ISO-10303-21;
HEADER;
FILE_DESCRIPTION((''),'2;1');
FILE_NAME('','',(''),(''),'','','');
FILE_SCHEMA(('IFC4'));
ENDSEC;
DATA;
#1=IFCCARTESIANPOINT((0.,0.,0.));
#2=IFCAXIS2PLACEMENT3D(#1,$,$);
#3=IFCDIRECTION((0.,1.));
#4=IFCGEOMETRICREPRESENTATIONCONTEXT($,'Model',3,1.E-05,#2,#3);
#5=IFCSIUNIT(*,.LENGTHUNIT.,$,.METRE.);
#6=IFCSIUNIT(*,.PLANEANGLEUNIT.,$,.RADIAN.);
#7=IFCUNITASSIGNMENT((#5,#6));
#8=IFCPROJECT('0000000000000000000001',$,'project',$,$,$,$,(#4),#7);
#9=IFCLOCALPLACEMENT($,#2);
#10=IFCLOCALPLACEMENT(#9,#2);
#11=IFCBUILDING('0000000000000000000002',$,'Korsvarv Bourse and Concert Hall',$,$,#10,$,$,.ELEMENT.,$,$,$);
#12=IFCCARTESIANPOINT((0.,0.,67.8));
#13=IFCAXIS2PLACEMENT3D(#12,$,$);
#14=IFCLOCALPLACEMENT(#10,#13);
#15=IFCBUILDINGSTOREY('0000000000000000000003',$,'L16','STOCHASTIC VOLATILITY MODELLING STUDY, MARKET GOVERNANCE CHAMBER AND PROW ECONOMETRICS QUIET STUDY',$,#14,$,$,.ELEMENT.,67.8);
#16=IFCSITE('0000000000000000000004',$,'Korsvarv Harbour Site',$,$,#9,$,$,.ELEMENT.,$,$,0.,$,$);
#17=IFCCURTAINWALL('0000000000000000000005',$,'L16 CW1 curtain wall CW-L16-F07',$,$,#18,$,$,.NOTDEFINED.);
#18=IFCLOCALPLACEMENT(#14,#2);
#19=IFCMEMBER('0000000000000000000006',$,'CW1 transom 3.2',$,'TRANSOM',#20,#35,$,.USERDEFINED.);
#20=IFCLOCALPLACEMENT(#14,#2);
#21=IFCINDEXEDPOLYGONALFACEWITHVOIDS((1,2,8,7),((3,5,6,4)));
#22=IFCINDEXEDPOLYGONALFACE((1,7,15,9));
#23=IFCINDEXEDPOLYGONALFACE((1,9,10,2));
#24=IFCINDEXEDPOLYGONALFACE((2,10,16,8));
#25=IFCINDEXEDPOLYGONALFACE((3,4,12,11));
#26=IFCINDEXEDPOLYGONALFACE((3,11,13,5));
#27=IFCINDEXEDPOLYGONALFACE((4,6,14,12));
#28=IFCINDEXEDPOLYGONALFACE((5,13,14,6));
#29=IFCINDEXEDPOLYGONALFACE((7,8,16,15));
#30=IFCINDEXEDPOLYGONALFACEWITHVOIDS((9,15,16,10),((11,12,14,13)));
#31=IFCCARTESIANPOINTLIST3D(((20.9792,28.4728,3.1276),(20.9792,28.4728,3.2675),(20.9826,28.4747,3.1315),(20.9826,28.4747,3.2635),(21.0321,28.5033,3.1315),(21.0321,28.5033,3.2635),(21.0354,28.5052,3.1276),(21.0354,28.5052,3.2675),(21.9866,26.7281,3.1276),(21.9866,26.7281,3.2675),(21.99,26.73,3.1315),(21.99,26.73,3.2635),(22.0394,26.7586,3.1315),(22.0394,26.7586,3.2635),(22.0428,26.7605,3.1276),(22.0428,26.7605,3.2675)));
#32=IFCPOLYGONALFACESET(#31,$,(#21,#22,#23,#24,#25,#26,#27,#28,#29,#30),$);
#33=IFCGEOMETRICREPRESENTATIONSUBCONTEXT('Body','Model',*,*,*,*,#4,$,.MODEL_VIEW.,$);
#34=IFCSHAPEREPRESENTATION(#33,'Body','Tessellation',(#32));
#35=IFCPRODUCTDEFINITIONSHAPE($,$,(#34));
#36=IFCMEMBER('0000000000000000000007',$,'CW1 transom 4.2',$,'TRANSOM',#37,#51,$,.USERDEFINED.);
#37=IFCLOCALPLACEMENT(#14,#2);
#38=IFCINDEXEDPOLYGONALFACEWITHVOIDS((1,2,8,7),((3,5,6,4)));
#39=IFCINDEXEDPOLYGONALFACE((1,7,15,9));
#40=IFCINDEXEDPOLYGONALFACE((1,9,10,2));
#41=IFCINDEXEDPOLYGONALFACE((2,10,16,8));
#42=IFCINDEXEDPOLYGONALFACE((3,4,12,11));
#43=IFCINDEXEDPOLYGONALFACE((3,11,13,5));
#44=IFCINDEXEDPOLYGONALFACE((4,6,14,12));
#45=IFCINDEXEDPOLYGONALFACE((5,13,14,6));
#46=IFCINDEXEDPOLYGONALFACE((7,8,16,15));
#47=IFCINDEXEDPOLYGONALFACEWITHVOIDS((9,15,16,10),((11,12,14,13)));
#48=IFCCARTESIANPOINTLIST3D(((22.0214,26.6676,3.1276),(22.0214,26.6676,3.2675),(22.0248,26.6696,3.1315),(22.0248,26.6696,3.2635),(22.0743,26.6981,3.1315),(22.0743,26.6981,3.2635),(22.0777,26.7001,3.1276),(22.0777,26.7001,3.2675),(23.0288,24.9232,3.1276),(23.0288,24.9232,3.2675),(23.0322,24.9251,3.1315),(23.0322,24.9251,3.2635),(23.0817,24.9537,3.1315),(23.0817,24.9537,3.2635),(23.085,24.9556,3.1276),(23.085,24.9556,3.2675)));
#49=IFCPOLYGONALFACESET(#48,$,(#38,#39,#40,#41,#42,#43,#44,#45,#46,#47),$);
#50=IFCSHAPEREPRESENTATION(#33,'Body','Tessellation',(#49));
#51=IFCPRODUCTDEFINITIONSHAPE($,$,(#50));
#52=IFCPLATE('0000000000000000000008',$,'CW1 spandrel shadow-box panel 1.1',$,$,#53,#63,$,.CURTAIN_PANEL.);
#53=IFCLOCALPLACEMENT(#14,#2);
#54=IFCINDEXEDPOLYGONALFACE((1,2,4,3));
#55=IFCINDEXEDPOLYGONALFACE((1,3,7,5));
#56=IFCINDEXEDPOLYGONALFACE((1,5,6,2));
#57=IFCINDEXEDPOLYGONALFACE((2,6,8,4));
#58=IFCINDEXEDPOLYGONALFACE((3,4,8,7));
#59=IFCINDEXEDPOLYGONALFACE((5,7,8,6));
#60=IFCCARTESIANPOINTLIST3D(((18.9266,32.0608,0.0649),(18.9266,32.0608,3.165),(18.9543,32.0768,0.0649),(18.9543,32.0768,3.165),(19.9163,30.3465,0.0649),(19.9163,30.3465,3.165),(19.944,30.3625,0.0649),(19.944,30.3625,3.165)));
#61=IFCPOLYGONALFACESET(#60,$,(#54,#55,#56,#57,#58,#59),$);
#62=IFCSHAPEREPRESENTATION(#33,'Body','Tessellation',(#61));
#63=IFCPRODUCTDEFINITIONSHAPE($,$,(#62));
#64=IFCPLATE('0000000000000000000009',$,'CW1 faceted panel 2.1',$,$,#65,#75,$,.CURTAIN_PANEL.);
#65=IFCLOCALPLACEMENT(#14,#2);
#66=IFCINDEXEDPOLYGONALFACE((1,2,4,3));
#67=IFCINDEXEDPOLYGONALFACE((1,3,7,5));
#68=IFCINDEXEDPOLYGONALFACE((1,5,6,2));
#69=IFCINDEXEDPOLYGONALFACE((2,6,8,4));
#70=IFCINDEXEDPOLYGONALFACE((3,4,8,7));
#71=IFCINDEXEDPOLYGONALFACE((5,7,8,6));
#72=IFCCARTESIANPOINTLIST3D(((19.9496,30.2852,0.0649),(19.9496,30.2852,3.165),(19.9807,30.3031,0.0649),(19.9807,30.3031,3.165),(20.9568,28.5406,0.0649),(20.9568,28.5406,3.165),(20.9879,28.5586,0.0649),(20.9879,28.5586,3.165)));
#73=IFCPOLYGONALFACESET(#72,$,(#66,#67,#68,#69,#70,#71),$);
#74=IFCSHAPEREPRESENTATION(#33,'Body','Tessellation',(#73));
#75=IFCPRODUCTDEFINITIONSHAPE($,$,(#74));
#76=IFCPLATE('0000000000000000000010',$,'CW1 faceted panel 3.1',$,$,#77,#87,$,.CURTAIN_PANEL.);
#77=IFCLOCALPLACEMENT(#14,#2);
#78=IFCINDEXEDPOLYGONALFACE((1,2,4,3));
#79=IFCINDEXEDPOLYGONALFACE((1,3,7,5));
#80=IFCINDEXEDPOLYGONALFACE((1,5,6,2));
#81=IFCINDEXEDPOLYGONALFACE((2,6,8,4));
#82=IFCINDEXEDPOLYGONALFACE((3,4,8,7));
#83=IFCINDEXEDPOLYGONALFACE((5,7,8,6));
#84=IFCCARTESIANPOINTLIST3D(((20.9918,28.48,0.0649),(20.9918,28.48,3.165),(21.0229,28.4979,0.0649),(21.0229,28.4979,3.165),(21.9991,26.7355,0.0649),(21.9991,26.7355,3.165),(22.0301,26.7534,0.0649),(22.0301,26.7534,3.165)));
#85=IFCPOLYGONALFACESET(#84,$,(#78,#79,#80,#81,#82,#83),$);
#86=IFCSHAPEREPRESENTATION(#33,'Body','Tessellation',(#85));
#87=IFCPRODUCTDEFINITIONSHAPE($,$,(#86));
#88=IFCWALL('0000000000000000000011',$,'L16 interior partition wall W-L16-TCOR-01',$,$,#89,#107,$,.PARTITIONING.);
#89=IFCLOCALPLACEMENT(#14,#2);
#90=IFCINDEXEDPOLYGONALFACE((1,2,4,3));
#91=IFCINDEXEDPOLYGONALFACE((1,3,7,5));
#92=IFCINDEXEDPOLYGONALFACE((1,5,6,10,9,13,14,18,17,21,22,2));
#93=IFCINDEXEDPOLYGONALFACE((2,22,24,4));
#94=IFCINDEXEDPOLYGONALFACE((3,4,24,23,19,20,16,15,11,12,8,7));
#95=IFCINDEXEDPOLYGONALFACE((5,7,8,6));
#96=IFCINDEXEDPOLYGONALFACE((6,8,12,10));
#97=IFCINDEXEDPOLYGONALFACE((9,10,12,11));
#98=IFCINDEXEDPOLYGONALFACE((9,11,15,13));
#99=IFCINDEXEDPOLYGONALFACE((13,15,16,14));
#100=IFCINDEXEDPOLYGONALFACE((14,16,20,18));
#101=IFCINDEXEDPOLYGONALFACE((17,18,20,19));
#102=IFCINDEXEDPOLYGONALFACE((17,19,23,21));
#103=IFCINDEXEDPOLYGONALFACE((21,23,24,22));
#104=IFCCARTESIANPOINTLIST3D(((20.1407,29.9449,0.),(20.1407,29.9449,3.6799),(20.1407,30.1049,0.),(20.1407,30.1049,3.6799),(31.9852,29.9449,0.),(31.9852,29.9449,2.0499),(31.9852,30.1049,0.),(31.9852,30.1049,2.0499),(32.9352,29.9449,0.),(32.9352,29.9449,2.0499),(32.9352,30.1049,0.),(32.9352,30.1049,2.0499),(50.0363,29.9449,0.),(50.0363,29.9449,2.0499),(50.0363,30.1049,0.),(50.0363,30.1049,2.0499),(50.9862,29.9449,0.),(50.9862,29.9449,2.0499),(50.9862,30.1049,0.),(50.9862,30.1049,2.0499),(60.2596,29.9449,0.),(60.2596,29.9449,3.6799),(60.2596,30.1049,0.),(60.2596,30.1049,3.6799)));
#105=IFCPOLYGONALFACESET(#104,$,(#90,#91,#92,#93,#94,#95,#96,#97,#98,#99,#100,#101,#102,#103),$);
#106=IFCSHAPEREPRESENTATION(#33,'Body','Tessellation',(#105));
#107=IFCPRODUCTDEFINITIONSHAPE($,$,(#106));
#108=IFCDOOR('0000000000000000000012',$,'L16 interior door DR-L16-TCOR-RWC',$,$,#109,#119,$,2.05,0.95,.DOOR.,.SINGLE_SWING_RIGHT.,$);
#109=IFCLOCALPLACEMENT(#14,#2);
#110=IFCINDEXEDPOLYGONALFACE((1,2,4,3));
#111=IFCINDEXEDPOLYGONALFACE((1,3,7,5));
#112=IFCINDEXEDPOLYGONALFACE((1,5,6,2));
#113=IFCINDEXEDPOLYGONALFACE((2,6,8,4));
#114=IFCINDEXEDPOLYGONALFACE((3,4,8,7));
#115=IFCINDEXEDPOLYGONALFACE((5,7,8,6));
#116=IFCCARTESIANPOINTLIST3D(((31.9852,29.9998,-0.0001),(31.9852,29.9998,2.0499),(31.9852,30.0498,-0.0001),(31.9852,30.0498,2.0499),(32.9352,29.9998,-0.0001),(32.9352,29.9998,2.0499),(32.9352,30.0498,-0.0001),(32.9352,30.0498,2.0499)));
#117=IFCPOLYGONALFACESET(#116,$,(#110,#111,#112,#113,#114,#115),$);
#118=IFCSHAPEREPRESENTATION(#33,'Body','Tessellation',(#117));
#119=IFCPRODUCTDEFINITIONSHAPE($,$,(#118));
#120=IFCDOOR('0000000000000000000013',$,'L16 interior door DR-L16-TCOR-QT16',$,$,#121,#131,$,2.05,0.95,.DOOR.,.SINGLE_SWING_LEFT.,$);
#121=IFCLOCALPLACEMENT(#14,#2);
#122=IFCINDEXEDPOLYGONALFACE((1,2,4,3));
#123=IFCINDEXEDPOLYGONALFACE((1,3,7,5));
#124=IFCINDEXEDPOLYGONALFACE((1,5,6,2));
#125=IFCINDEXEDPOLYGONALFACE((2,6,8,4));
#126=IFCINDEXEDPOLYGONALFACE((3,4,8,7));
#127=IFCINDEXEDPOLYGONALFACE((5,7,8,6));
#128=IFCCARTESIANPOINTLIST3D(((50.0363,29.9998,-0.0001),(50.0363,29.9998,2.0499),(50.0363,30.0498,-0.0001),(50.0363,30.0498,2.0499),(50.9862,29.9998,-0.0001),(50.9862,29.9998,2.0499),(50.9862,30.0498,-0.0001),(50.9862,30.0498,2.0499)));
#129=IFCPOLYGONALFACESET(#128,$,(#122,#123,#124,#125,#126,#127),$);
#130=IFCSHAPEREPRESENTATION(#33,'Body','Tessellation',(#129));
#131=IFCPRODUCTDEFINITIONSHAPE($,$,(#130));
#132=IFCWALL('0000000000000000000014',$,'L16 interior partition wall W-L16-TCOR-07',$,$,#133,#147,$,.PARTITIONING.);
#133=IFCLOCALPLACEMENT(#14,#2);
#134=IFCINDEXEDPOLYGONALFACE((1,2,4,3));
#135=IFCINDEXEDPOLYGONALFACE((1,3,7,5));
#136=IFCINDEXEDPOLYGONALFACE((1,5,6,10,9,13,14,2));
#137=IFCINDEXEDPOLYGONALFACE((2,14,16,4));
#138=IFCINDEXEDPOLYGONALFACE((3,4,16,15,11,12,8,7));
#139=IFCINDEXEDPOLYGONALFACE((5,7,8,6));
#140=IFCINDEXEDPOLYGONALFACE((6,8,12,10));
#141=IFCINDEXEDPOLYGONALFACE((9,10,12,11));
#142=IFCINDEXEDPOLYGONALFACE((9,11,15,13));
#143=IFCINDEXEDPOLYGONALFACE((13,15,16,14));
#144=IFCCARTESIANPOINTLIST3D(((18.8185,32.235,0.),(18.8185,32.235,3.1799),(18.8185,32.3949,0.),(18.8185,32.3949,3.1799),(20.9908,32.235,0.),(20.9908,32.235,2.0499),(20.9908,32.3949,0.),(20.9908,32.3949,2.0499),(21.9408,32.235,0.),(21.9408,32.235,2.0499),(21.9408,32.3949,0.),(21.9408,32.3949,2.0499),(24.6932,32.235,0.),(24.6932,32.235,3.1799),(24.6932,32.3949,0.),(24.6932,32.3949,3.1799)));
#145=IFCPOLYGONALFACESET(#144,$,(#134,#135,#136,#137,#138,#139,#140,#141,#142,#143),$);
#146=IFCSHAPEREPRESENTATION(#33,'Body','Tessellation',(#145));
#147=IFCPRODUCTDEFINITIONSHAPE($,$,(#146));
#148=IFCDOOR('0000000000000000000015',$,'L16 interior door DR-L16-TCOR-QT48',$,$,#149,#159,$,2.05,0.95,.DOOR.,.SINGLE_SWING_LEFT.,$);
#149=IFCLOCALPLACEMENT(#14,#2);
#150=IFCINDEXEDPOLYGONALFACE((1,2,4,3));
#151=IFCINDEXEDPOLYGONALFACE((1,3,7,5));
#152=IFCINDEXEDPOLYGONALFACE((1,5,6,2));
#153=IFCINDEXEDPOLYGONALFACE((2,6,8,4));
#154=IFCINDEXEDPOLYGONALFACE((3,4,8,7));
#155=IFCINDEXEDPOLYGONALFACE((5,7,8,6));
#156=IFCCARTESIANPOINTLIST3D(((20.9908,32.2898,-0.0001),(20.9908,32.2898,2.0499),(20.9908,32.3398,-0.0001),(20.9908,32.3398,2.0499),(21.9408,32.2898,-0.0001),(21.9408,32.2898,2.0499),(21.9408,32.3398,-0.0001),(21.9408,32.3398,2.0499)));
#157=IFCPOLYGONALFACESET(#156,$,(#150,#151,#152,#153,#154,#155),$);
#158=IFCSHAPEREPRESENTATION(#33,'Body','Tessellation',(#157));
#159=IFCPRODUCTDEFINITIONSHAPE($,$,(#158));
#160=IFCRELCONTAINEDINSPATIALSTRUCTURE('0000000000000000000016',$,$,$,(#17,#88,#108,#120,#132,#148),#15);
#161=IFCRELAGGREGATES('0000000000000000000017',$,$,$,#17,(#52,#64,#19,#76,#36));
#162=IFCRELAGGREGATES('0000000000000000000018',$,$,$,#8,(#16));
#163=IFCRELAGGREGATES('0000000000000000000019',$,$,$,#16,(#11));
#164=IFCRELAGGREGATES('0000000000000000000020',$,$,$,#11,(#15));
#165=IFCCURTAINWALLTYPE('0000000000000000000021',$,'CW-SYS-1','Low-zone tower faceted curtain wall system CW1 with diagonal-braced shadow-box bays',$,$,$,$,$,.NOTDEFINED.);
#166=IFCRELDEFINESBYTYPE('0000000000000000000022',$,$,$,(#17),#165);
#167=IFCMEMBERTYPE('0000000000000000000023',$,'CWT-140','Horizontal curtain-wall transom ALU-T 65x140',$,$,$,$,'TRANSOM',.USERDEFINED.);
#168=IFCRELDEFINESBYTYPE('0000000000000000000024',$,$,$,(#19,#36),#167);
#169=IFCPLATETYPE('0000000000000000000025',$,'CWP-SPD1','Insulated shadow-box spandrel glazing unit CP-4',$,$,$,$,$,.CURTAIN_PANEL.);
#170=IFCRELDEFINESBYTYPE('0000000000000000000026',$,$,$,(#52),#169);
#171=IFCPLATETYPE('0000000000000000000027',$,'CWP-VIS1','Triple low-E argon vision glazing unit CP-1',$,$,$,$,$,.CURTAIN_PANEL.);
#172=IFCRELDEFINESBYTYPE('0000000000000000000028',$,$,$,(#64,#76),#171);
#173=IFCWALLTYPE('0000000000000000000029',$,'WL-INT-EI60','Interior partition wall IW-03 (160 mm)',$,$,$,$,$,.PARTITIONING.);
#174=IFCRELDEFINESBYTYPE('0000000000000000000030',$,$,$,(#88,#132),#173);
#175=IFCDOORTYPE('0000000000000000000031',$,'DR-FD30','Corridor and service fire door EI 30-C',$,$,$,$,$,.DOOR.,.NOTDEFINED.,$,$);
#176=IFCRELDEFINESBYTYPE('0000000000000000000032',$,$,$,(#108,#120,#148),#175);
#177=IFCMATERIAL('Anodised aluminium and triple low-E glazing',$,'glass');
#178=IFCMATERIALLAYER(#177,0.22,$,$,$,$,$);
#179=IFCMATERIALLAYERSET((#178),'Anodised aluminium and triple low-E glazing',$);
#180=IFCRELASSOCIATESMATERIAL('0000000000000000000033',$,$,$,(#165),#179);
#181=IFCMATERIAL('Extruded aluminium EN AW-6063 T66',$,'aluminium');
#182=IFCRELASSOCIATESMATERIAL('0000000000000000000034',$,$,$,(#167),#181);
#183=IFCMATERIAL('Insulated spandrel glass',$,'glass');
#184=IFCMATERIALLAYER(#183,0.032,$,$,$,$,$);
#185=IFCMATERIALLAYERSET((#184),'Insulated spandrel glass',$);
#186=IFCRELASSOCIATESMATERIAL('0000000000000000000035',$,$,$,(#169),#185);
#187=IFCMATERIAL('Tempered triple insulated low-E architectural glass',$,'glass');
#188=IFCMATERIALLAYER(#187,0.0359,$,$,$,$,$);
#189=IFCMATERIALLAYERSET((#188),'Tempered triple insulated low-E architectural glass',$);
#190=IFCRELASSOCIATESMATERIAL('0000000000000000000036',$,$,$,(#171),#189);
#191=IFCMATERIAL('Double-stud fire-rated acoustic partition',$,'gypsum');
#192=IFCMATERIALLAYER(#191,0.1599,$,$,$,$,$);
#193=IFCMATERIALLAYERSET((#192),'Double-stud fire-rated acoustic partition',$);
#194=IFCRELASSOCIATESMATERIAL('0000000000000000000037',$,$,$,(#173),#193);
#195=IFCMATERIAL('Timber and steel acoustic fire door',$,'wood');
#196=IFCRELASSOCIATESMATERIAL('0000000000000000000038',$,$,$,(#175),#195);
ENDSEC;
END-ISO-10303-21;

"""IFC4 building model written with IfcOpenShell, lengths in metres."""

from ifc_helpers import new_model, si_unit, direction, frame, frame_2d, origin, origin_2d, place, context, subcontext, project, spatial, rectangle, hollow_rectangle, extrude, source, transform, mapped, material, layer, layer_set, material_profile, profile_set, type_object, element, fill, aggregate, save


model = new_model("IFC4")

# Units and contexts
model_context = context("Model", 3, precision=1e-05, world=origin(), true_north=direction((0.0, 1.0)))
body_context = subcontext(model_context, "Body", "Model", "MODEL_VIEW")
ifc_project = project(units=[si_unit("LENGTHUNIT", "METRE"), si_unit("PLANEANGLEUNIT", "RADIAN")], contexts=[model_context])

# Site, building, storey
site_placement = place(None, origin())
site = spatial("IfcSite", under=ifc_project, at=site_placement, Name="Korsvarv Harbour Site", CompositionType="ELEMENT", RefElevation=0.0)
building_placement = place(site_placement, origin())
building = spatial("IfcBuilding", under=site, at=building_placement, Name="Korsvarv Bourse and Concert Hall", CompositionType="ELEMENT")
storey_placement = place(building_placement, frame((0.0, 0.0, 67.8)))
storey = spatial("IfcBuildingStorey", under=building, at=storey_placement, Name="L16", Description="STOCHASTIC VOLATILITY MODELLING STUDY, MARKET GOVERNANCE CHAMBER AND PROW ECONOMETRICS QUIET STUDY", CompositionType="ELEMENT", Elevation=67.8)

# Curtain wall, members, plates
ifc_material_1 = material(Name="Anodised aluminium and triple low-E glazing", Category="glass")
ifc_layer_1 = layer(ifc_material_1, 0.22)
ifc_layer_set_1 = layer_set([ifc_layer_1], Name="Anodised aluminium and triple low-E glazing")
curtain_wall_type = type_object("IfcCurtainWallType", Name="CW-SYS-1", Description="Low-zone tower faceted curtain wall system CW1 with diagonal-braced shadow-box bays", PredefinedType="NOTDEFINED", material=ifc_layer_set_1)
curtain_wall_placement = place(storey_placement, origin())
curtain_wall = element("IfcCurtainWall", 1, at=curtain_wall_placement, inside=storey, type_object=curtain_wall_type, Name="L16 CW1 curtain wall CW-L16-F07", PredefinedType="NOTDEFINED")
ifc_material_2 = material(Name="Extruded aluminium EN AW-6063 T66", Category="aluminium")
ifc_material_profile_1 = material_profile(ifc_material_2, hollow_rectangle(XDim=0.0649, YDim=0.1399, WallThickness=0.0039, at=origin_2d()), Name="ALU-T 65x140")
ifc_profile_set_1 = profile_set([ifc_material_profile_1], Name="Extruded aluminium EN AW-6063 T66")
member_type_1 = type_object("IfcMemberType", Name="CWT-140", Description="Horizontal curtain-wall transom ALU-T 65x140", ElementType="TRANSOM", PredefinedType="USERDEFINED", material=ifc_profile_set_1)
shared_shape_1 = source(origin(), body_context, "Body", "SweptSolid", [
    extrude(hollow_rectangle(XDim=0.0649, YDim=0.1399, WallThickness=0.0039, at=origin_2d()), origin(), (0.0, 0.0, 1.0), 2.0146),
])
member_1_placement = place(storey_placement, frame((21.0073, 28.489, 3.1975), z_axis=(0.500023, -0.866012, 0.0), x_axis=(0.866012, 0.500023, 0.0)))
member_1 = element("IfcMember", 2, at=member_1_placement, type_object=member_type_1, Name="CW1 transom 3.2", ObjectType="TRANSOM", PredefinedType="USERDEFINED", context=body_context, shape_type="MappedRepresentation", body=[
    mapped(shared_shape_1, transform((0.0, 0.0, 0.0), scale=1.0)),
])
shared_shape_2 = source(origin(), body_context, "Body", "SweptSolid", [
    extrude(hollow_rectangle(XDim=0.0649, YDim=0.1399, WallThickness=0.0039, at=origin_2d()), origin(), (0.0, 0.0, 1.0), 2.0144),
])
member_2_placement = place(storey_placement, frame((22.0496, 26.6838, 3.1975), z_axis=(0.500076, -0.865982, 0.0), x_axis=(0.865982, 0.500076, 0.0)))
member_2 = element("IfcMember", 3, at=member_2_placement, type_object=member_type_1, Name="CW1 transom 4.2", ObjectType="TRANSOM", PredefinedType="USERDEFINED", context=body_context, shape_type="MappedRepresentation", body=[
    mapped(shared_shape_2, transform((0.0, 0.0, 0.0), scale=1.0)),
])
ifc_material_3 = material(Name="Insulated spandrel glass", Category="glass")
ifc_layer_2 = layer(ifc_material_3, 0.032)
ifc_layer_set_2 = layer_set([ifc_layer_2], Name="Insulated spandrel glass")
plate_type_1 = type_object("IfcPlateType", Name="CWP-SPD1", Description="Insulated shadow-box spandrel glazing unit CP-4", PredefinedType="CURTAIN_PANEL", material=ifc_layer_set_2)
shared_shape_3 = source(origin(), body_context, "Body", "SweptSolid", [
    extrude(rectangle(XDim=1.9795, YDim=0.032, at=origin_2d()), origin(), (0.0, 0.0, 1.0), 3.1001),
])
plate_1_placement = place(storey_placement, frame((19.4353, 31.2117, 0.0649), z_axis=(0.0, 0.0, 1.0), x_axis=(0.500006, -0.866022, 0.0)))
plate_1 = element("IfcPlate", 4, at=plate_1_placement, type_object=plate_type_1, Name="CW1 spandrel shadow-box panel 1.1", PredefinedType="CURTAIN_PANEL", context=body_context, shape_type="MappedRepresentation", body=[
    mapped(shared_shape_3, transform((0.0, 0.0, 0.0), scale=1.0)),
])
ifc_material_4 = material(Name="Tempered triple insulated low-E architectural glass", Category="glass")
ifc_layer_3 = layer(ifc_material_4, 0.0359)
ifc_layer_set_3 = layer_set([ifc_layer_3], Name="Tempered triple insulated low-E architectural glass")
plate_type_2 = type_object("IfcPlateType", Name="CWP-VIS1", Description="Triple low-E argon vision glazing unit CP-1", PredefinedType="CURTAIN_PANEL", material=ifc_layer_set_3)
shared_shape_4 = source(origin(), body_context, "Body", "SweptSolid", [
    extrude(rectangle(XDim=2.0144, YDim=0.0359, at=origin_2d()), origin(), (0.0, 0.0, 1.0), 3.1001),
])
plate_2_placement = place(storey_placement, frame((20.4688, 29.4219, 0.0649), z_axis=(0.0, 0.0, 1.0), x_axis=(0.500006, -0.866022, 0.0)))
plate_2 = element("IfcPlate", 5, at=plate_2_placement, type_object=plate_type_2, Name="CW1 faceted panel 2.1", PredefinedType="CURTAIN_PANEL", context=body_context, shape_type="MappedRepresentation", body=[
    mapped(shared_shape_4, transform((0.0, 0.0, 0.0), scale=1.0)),
])
plate_3_placement = place(storey_placement, frame((21.511, 27.6167, 0.0649), z_axis=(0.0, 0.0, 1.0), x_axis=(0.500006, -0.866022, 0.0)))
plate_3 = element("IfcPlate", 6, at=plate_3_placement, type_object=plate_type_2, Name="CW1 faceted panel 3.1", PredefinedType="CURTAIN_PANEL", context=body_context, shape_type="MappedRepresentation", body=[
    mapped(shared_shape_4, transform((0.0, 0.0, 0.0), scale=1.0)),
])
aggregate(curtain_wall, [plate_1, plate_2, member_1, plate_3, member_2])

# Wall, openings, doors
ifc_material_5 = material(Name="Double-stud fire-rated acoustic partition", Category="gypsum")
ifc_layer_4 = layer(ifc_material_5, 0.1599)
ifc_layer_set_4 = layer_set([ifc_layer_4], Name="Double-stud fire-rated acoustic partition")
wall_type = type_object("IfcWallType", Name="WL-INT-EI60", Description="Interior partition wall IW-03 (160 mm)", PredefinedType="PARTITIONING", material=ifc_layer_set_4)
wall_1_placement = place(storey_placement, frame((20.1406, 30.0249, 0.0), z_axis=(0.0, 0.0, 1.0), x_axis=(1.0, 0.0, 0.0)))
wall_1 = element("IfcWall", 7, at=wall_1_placement, inside=storey, type_object=wall_type, Name="L16 interior partition wall W-L16-TCOR-01", PredefinedType="PARTITIONING", context=body_context, shape_type="SweptSolid", body=[
    extrude(rectangle(XDim=40.1189, YDim=0.1599, at=frame_2d((20.0596, 0.0))), origin(), (0.0, 0.0, 1.0), 3.6799),
])
opening_1_placement = place(wall_1_placement, frame((11.8445, 0.0, 0.0)))
opening_1 = element("IfcOpeningElement", 8, at=opening_1_placement, cuts=wall_1, PredefinedType="OPENING", context=body_context, shape_type="SweptSolid", body=[
    extrude(rectangle(XDim=0.95, YDim=2.05, at=frame_2d((0.4751, 1.0249))), frame((0.0, 0.0898, 0.0), z_axis=(0.0, -1.0, 0.0), x_axis=(1.0, 0.0, 0.0)), (0.0, 0.0, 1.0), 0.1799),
])
opening_2_placement = place(wall_1_placement, frame((29.8955, 0.0, 0.0)))
opening_2 = element("IfcOpeningElement", 9, at=opening_2_placement, cuts=wall_1, PredefinedType="OPENING", context=body_context, shape_type="SweptSolid", body=[
    extrude(rectangle(XDim=0.95, YDim=2.05, at=frame_2d((0.4751, 1.0249))), frame((0.0, 0.0898, 0.0), z_axis=(0.0, -1.0, 0.0), x_axis=(1.0, 0.0, 0.0)), (0.0, 0.0, 1.0), 0.1799),
])
ifc_material_6 = material(Name="Timber and steel acoustic fire door", Category="wood")
door_type = type_object("IfcDoorType", Name="DR-FD30", Description="Corridor and service fire door EI 30-C", OperationType="NOTDEFINED", PredefinedType="DOOR", material=ifc_material_6)
door_1_placement = place(opening_1_placement, origin())
door_1 = element("IfcDoor", 10, at=door_1_placement, inside=storey, type_object=door_type, Name="L16 interior door DR-L16-TCOR-RWC", OperationType="SINGLE_SWING_RIGHT", OverallHeight=2.05, OverallWidth=0.95, PredefinedType="DOOR", context=body_context, shape_type="SweptSolid", body=[
    extrude(rectangle(XDim=0.95, YDim=2.05, at=frame_2d((0.4751, 1.0249))), frame((0.0, 0.0249, 0.0), z_axis=(0.0, -1.0, 0.0), x_axis=(1.0, 0.0, 0.0)), (0.0, 0.0, 1.0), 0.05),
])
fill(opening_1, door_1)
door_2_placement = place(opening_2_placement, origin())
door_2 = element("IfcDoor", 11, at=door_2_placement, inside=storey, type_object=door_type, Name="L16 interior door DR-L16-TCOR-QT16", OperationType="SINGLE_SWING_LEFT", OverallHeight=2.05, OverallWidth=0.95, PredefinedType="DOOR", context=body_context, shape_type="SweptSolid", body=[
    extrude(rectangle(XDim=0.95, YDim=2.05, at=frame_2d((0.4751, 1.0249))), frame((0.0, 0.0249, 0.0), z_axis=(0.0, -1.0, 0.0), x_axis=(1.0, 0.0, 0.0)), (0.0, 0.0, 1.0), 0.05),
])
fill(opening_2, door_2)

# Wall, opening, door
wall_2_placement = place(storey_placement, frame((18.8184, 32.3149, 0.0), z_axis=(0.0, 0.0, 1.0), x_axis=(1.0, 0.0, 0.0)))
wall_2 = element("IfcWall", 12, at=wall_2_placement, inside=storey, type_object=wall_type, Name="L16 interior partition wall W-L16-TCOR-07", PredefinedType="PARTITIONING", context=body_context, shape_type="SweptSolid", body=[
    extrude(rectangle(XDim=5.8748, YDim=0.1599, at=frame_2d((2.9375, 0.0))), origin(), (0.0, 0.0, 1.0), 3.1799),
])
opening_3_placement = place(wall_2_placement, frame((2.1724, 0.0, 0.0)))
opening_3 = element("IfcOpeningElement", 13, at=opening_3_placement, cuts=wall_2, PredefinedType="OPENING", context=body_context, shape_type="SweptSolid", body=[
    extrude(rectangle(XDim=0.95, YDim=2.05, at=frame_2d((0.4751, 1.0249))), frame((0.0, 0.0898, 0.0), z_axis=(0.0, -1.0, 0.0), x_axis=(1.0, 0.0, 0.0)), (0.0, 0.0, 1.0), 0.1799),
])
door_3_placement = place(opening_3_placement, origin())
door_3 = element("IfcDoor", 14, at=door_3_placement, inside=storey, type_object=door_type, Name="L16 interior door DR-L16-TCOR-QT48", OperationType="SINGLE_SWING_LEFT", OverallHeight=2.05, OverallWidth=0.95, PredefinedType="DOOR", context=body_context, shape_type="SweptSolid", body=[
    extrude(rectangle(XDim=0.95, YDim=2.05, at=frame_2d((0.4751, 1.0249))), frame((0.0, 0.0249, 0.0), z_axis=(0.0, -1.0, 0.0), x_axis=(1.0, 0.0, 0.0)), (0.0, 0.0, 1.0), 0.05),
])
fill(opening_3, door_3)

save(model, "model.ifc")
